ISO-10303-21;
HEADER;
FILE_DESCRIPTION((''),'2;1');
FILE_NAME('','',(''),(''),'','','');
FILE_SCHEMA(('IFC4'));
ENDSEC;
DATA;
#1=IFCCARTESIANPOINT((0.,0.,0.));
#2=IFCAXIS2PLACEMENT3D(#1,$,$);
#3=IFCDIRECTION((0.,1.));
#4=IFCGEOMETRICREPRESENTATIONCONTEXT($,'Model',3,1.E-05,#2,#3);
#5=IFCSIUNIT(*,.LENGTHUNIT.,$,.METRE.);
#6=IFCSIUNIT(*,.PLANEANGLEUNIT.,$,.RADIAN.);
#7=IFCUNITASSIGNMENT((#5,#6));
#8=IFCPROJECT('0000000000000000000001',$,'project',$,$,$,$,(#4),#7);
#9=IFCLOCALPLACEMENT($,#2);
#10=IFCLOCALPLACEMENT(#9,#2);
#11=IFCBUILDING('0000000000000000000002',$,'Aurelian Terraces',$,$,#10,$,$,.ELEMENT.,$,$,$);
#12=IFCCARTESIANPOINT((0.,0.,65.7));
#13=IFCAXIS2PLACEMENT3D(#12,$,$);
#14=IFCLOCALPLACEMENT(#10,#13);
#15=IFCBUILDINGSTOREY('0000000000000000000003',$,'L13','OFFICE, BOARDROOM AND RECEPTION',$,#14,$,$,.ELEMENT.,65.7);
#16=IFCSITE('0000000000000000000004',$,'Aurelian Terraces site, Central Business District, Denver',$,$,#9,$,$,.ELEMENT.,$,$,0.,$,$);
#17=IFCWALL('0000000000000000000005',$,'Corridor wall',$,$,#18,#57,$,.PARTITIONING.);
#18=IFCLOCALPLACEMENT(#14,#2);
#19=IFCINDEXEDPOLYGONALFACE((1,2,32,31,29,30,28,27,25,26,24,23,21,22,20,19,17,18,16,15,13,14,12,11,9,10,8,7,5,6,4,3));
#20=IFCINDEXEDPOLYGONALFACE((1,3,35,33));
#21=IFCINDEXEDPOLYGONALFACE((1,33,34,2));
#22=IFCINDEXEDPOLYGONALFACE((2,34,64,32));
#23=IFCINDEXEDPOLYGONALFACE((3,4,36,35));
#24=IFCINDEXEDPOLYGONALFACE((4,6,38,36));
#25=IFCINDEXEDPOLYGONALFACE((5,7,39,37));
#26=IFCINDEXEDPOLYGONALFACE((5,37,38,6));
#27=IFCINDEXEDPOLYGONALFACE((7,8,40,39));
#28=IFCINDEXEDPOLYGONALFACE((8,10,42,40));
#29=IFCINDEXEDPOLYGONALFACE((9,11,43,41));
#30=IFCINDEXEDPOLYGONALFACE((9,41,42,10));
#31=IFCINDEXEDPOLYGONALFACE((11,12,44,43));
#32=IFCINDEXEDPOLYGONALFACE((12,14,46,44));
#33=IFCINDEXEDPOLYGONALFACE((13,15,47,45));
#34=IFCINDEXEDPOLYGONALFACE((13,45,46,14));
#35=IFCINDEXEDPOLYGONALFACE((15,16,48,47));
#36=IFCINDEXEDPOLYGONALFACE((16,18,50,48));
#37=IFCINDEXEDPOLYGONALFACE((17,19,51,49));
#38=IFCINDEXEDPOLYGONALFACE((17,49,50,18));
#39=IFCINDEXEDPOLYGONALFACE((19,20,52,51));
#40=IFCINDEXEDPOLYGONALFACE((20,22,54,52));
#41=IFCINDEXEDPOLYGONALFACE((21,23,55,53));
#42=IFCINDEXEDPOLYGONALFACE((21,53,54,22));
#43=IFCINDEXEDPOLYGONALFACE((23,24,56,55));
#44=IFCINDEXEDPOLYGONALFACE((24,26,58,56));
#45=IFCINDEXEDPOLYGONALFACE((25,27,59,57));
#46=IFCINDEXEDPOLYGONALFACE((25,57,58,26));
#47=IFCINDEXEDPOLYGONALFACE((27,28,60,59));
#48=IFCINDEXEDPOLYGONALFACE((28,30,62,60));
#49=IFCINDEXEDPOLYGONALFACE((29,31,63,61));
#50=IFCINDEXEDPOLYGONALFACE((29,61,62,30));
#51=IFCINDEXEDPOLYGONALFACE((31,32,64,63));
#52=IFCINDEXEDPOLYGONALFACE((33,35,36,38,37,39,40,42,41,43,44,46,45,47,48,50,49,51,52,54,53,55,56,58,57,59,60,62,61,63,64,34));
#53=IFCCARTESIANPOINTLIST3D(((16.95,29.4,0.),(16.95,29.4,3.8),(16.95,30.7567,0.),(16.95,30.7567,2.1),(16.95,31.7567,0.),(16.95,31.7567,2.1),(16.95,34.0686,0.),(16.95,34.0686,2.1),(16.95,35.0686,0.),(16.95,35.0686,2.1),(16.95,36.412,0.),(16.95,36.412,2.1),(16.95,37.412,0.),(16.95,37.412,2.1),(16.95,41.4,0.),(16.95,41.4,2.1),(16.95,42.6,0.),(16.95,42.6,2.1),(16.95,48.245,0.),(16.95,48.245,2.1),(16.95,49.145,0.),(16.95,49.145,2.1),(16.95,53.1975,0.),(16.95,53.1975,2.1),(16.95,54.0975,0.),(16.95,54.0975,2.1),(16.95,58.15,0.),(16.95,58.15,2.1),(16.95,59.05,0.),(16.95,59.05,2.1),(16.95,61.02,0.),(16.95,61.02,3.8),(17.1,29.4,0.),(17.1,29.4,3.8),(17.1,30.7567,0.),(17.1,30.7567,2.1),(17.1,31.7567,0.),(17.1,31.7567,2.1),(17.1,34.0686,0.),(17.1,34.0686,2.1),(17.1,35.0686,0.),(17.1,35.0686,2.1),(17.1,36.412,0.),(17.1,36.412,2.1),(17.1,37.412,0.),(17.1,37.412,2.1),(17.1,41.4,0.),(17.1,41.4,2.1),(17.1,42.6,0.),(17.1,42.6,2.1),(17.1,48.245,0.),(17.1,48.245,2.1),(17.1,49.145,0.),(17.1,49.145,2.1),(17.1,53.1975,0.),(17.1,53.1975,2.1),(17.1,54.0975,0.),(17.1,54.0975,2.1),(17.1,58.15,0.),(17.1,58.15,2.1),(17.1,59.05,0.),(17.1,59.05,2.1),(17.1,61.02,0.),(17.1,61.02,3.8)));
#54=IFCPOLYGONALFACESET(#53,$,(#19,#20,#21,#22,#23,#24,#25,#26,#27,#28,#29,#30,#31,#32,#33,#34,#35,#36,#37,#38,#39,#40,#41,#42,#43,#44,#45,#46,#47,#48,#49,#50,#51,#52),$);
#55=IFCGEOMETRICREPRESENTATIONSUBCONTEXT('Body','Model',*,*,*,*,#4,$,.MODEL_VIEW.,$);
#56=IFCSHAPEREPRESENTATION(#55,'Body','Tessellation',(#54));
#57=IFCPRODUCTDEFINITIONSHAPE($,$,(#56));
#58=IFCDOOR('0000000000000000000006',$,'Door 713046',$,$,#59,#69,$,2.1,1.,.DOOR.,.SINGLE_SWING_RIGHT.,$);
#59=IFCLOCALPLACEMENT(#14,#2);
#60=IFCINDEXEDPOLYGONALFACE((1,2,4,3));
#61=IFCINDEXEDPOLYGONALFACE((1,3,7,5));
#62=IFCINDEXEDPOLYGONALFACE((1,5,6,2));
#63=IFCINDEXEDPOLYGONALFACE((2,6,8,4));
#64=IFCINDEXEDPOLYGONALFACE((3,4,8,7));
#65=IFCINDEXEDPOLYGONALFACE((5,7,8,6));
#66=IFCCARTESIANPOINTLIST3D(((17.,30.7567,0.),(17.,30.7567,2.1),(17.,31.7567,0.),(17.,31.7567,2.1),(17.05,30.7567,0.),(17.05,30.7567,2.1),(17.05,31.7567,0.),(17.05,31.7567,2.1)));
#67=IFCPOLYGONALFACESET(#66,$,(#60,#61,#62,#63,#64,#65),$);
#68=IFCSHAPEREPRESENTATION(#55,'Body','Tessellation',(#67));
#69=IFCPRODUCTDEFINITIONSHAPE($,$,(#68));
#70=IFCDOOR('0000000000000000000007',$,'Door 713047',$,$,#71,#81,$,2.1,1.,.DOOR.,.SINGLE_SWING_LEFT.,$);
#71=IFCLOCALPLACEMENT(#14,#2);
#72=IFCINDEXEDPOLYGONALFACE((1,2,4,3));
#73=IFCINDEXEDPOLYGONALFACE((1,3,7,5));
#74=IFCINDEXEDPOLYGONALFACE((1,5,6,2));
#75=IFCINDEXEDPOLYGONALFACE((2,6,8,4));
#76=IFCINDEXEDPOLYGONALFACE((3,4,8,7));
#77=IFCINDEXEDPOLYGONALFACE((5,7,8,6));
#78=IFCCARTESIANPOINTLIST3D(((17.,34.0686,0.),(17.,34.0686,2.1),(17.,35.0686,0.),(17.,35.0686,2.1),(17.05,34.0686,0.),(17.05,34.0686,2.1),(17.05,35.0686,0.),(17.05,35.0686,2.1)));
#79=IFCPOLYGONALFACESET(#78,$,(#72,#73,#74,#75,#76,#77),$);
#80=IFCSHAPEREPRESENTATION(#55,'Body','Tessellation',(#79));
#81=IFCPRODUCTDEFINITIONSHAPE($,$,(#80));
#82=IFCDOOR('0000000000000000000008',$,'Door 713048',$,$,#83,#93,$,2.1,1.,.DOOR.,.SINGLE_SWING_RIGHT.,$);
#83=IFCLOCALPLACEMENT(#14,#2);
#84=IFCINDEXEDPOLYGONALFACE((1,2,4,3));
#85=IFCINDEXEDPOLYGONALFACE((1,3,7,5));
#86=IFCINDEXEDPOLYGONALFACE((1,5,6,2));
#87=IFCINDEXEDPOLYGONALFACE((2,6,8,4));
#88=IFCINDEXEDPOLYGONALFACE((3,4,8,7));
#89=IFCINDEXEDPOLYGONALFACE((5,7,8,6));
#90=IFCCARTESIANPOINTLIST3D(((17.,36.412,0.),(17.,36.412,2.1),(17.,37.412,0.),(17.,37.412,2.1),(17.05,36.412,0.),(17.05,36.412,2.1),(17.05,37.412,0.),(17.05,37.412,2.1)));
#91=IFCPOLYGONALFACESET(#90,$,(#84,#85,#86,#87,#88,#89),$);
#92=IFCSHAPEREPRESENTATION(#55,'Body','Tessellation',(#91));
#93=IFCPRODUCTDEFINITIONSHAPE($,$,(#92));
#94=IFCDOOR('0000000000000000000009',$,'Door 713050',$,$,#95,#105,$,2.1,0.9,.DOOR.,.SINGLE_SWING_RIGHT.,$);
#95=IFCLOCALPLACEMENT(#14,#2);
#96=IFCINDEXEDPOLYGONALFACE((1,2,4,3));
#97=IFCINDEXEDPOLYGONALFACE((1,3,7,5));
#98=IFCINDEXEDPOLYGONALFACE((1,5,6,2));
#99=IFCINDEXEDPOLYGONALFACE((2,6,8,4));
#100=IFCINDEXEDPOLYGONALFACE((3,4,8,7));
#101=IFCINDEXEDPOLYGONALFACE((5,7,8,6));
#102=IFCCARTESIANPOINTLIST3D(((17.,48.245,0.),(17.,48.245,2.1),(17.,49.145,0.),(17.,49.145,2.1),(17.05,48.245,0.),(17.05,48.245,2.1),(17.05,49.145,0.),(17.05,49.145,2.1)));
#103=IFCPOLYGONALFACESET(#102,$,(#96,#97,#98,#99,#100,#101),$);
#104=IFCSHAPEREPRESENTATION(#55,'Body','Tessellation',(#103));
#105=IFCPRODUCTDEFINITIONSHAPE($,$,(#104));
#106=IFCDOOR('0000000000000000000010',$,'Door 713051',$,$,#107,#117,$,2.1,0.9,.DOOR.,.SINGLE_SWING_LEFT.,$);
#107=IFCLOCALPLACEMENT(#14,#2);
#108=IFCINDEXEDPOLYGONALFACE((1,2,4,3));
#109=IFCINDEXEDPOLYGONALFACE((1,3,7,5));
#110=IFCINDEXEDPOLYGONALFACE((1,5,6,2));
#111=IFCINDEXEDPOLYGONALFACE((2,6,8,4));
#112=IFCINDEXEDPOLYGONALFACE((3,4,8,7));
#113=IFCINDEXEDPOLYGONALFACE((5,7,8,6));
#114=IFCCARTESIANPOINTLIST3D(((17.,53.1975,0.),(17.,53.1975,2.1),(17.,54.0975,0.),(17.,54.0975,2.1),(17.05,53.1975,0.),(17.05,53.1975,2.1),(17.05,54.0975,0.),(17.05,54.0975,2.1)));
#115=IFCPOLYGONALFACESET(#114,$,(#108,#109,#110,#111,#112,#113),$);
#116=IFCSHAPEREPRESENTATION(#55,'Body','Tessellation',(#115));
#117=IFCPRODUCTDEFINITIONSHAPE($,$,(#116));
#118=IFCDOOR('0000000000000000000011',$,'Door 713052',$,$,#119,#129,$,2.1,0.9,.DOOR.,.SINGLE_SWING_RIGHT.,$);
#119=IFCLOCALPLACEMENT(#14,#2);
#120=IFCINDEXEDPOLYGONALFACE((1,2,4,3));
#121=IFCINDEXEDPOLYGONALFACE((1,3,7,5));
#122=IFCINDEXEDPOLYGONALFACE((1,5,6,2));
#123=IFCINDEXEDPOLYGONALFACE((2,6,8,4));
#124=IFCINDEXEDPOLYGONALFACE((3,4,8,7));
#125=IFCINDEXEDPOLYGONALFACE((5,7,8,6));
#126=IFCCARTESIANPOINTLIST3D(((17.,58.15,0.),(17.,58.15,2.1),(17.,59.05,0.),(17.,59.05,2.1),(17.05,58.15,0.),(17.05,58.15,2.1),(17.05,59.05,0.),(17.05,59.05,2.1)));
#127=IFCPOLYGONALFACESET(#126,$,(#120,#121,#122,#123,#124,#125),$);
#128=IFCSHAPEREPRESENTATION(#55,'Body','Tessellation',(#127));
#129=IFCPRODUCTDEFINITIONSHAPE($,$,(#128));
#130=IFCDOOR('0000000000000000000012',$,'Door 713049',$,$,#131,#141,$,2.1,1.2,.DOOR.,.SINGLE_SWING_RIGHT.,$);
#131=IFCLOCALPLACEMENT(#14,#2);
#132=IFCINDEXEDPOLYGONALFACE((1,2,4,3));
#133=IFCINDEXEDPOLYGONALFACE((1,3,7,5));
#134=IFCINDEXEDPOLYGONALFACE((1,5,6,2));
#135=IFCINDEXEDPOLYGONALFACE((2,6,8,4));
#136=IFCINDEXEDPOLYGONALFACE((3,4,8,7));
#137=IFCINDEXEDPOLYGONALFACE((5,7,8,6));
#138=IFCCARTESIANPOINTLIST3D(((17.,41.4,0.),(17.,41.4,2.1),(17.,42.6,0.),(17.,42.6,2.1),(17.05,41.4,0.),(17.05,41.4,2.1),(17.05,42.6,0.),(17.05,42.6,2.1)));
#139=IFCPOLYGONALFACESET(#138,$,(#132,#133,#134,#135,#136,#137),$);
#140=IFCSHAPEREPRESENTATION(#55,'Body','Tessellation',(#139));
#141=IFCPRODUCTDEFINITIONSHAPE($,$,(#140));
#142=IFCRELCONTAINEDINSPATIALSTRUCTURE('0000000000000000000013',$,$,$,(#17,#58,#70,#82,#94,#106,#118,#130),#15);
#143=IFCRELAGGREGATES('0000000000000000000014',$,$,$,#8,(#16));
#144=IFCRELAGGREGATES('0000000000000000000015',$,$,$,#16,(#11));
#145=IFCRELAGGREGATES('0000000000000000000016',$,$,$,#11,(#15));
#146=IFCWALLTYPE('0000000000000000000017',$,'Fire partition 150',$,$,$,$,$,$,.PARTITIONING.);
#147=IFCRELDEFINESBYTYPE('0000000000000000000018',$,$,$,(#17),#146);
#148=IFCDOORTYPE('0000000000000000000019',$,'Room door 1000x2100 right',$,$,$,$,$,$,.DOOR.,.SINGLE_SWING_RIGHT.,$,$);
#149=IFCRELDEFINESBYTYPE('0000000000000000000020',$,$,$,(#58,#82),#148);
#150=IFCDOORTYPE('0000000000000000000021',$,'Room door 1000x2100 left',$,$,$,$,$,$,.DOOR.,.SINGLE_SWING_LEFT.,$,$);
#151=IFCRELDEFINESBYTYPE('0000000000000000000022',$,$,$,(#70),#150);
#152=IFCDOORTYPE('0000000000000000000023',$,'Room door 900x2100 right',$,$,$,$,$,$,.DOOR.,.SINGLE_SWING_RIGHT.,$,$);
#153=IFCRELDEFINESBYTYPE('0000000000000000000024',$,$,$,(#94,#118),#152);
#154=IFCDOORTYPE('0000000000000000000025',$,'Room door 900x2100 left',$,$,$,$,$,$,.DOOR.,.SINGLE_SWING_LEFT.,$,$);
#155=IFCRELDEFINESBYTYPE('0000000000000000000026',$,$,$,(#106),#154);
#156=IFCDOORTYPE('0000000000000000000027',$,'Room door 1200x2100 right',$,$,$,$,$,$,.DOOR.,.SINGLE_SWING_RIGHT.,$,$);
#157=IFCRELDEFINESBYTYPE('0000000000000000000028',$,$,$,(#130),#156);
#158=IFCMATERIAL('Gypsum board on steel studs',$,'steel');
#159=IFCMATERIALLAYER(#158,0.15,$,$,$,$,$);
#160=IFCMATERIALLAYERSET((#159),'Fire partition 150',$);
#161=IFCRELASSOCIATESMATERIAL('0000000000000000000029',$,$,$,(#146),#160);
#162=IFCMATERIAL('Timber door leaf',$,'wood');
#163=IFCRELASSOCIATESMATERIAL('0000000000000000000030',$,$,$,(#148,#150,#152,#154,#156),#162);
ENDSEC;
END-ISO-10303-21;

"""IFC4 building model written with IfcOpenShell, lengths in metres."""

from ifc_helpers import new_model, si_unit, direction, frame, frame_2d, origin, place, context, subcontext, project, spatial, rectangle, extrude, source, transform, mapped, material, layer, layer_set, type_object, element, fill, save


model = new_model("IFC4")

# Units and contexts
model_context = context("Model", 3, precision=1e-05, world=origin(), true_north=direction((0.0, 1.0)))
body_context = subcontext(model_context, "Body", "Model", "MODEL_VIEW")
ifc_project = project(units=[si_unit("LENGTHUNIT", "METRE"), si_unit("PLANEANGLEUNIT", "RADIAN")], contexts=[model_context])

# Site, building, storey
site_placement = place(None, origin())
site = spatial("IfcSite", under=ifc_project, at=site_placement, Name="Aurelian Terraces site, Central Business District, Denver", CompositionType="ELEMENT", RefElevation=0.0)
building_placement = place(site_placement, origin())
building = spatial("IfcBuilding", under=site, at=building_placement, Name="Aurelian Terraces", CompositionType="ELEMENT")
storey_placement = place(building_placement, frame((0.0, 0.0, 65.7)))
storey = spatial("IfcBuildingStorey", under=building, at=storey_placement, Name="L13", Description="OFFICE, BOARDROOM AND RECEPTION", CompositionType="ELEMENT", Elevation=65.7)

# Shared definitions
ifc_material_1 = material(Name="Gypsum board on steel studs", Category="steel")

# Wall, openings, doors
ifc_layer_1 = layer(ifc_material_1, 0.15)
ifc_layer_set_1 = layer_set([ifc_layer_1], Name="Fire partition 150")
wall_type_1 = type_object("IfcWallType", Name="Fire partition 150", PredefinedType="PARTITIONING", material=ifc_layer_set_1)
shared_shape_1 = source(origin(), body_context, "Body", "SweptSolid", [
    extrude(rectangle(XDim=31.62, YDim=0.15, at=frame_2d((15.81, 0.0))), origin(), (0.0, 0.0, 1.0), 3.8),
])
wall_1_placement = place(storey_placement, frame((17.025, 61.02, 0.0), z_axis=(0.0, 0.0, 1.0), x_axis=(0.0, -1.0, 0.0)))
wall_1 = element("IfcWall", 1, at=wall_1_placement, inside=storey, type_object=wall_type_1, Name="Corridor wall", PredefinedType="PARTITIONING", context=body_context, shape_type="MappedRepresentation", body=[
    mapped(shared_shape_1, transform((0.0, 0.0, 0.0), scale=1.0)),
])
shared_shape_2 = source(origin(), body_context, "Body", "SweptSolid", [
    extrude(rectangle(XDim=1.0, YDim=2.1, at=frame_2d((0.5, 1.05))), frame((0.0, 0.085, 0.0), z_axis=(0.0, -1.0, 0.0), x_axis=(1.0, 0.0, 0.0)), (0.0, 0.0, 1.0), 0.17),
])
opening_1_placement = place(wall_1_placement, frame((29.2633, 0.0, 0.0)))
opening_1 = element("IfcOpeningElement", 2, at=opening_1_placement, cuts=wall_1, PredefinedType="OPENING", context=body_context, shape_type="MappedRepresentation", body=[
    mapped(shared_shape_2, transform((0.0, 0.0, 0.0), scale=1.0)),
])
opening_2_placement = place(wall_1_placement, frame((25.9514, 0.0, 0.0)))
opening_2 = element("IfcOpeningElement", 3, at=opening_2_placement, cuts=wall_1, PredefinedType="OPENING", context=body_context, shape_type="MappedRepresentation", body=[
    mapped(shared_shape_2, transform((0.0, 0.0, 0.0), scale=1.0)),
])
opening_3_placement = place(wall_1_placement, frame((23.608, 0.0, 0.0)))
opening_3 = element("IfcOpeningElement", 4, at=opening_3_placement, cuts=wall_1, PredefinedType="OPENING", context=body_context, shape_type="MappedRepresentation", body=[
    mapped(shared_shape_2, transform((0.0, 0.0, 0.0), scale=1.0)),
])
shared_shape_3 = source(origin(), body_context, "Body", "SweptSolid", [
    extrude(rectangle(XDim=1.2, YDim=2.1, at=frame_2d((0.6, 1.05))), frame((0.0, 0.085, 0.0), z_axis=(0.0, -1.0, 0.0), x_axis=(1.0, 0.0, 0.0)), (0.0, 0.0, 1.0), 0.17),
])
opening_4_placement = place(wall_1_placement, frame((18.42, 0.0, 0.0)))
opening_4 = element("IfcOpeningElement", 5, at=opening_4_placement, cuts=wall_1, PredefinedType="OPENING", context=body_context, shape_type="MappedRepresentation", body=[
    mapped(shared_shape_3, transform((0.0, 0.0, 0.0), scale=1.0)),
])
shared_shape_4 = source(origin(), body_context, "Body", "SweptSolid", [
    extrude(rectangle(XDim=0.9, YDim=2.1, at=frame_2d((0.45, 1.05))), frame((0.0, 0.085, 0.0), z_axis=(0.0, -1.0, 0.0), x_axis=(1.0, 0.0, 0.0)), (0.0, 0.0, 1.0), 0.17),
])
opening_5_placement = place(wall_1_placement, frame((11.875, 0.0, 0.0)))
opening_5 = element("IfcOpeningElement", 6, at=opening_5_placement, cuts=wall_1, PredefinedType="OPENING", context=body_context, shape_type="MappedRepresentation", body=[
    mapped(shared_shape_4, transform((0.0, 0.0, 0.0), scale=1.0)),
])
opening_6_placement = place(wall_1_placement, frame((6.9225, 0.0, 0.0)))
opening_6 = element("IfcOpeningElement", 7, at=opening_6_placement, cuts=wall_1, PredefinedType="OPENING", context=body_context, shape_type="MappedRepresentation", body=[
    mapped(shared_shape_4, transform((0.0, 0.0, 0.0), scale=1.0)),
])
opening_7_placement = place(wall_1_placement, frame((1.97, 0.0, 0.0)))
opening_7 = element("IfcOpeningElement", 8, at=opening_7_placement, cuts=wall_1, PredefinedType="OPENING", context=body_context, shape_type="MappedRepresentation", body=[
    mapped(shared_shape_4, transform((0.0, 0.0, 0.0), scale=1.0)),
])
ifc_material_2 = material(Name="Timber door leaf", Category="wood")
door_type_1 = type_object("IfcDoorType", Name="Room door 1000x2100 right", OperationType="SINGLE_SWING_RIGHT", PredefinedType="DOOR", material=ifc_material_2)
shared_shape_5 = source(origin(), body_context, "Body", "SweptSolid", [
    extrude(rectangle(XDim=1.0, YDim=2.1, at=frame_2d((0.5, 1.05))), frame((0.0, 0.025, 0.0), z_axis=(0.0, -1.0, 0.0), x_axis=(1.0, 0.0, 0.0)), (0.0, 0.0, 1.0), 0.05),
])
door_1_placement = place(opening_1_placement, origin())
door_1 = element("IfcDoor", 9, at=door_1_placement, inside=storey, type_object=door_type_1, Name="Door 713046", OperationType="SINGLE_SWING_RIGHT", OverallHeight=2.1, OverallWidth=1.0, PredefinedType="DOOR", context=body_context, shape_type="MappedRepresentation", body=[
    mapped(shared_shape_5, transform((0.0, 0.0, 0.0), scale=1.0)),
])
fill(opening_1, door_1)
door_type_2 = type_object("IfcDoorType", Name="Room door 1000x2100 left", OperationType="SINGLE_SWING_LEFT", PredefinedType="DOOR", material=ifc_material_2)
door_2_placement = place(opening_2_placement, origin())
door_2 = element("IfcDoor", 10, at=door_2_placement, inside=storey, type_object=door_type_2, Name="Door 713047", OperationType="SINGLE_SWING_LEFT", OverallHeight=2.1, OverallWidth=1.0, PredefinedType="DOOR", context=body_context, shape_type="MappedRepresentation", body=[
    mapped(shared_shape_5, transform((0.0, 0.0, 0.0), scale=1.0)),
])
fill(opening_2, door_2)
door_3_placement = place(opening_3_placement, origin())
door_3 = element("IfcDoor", 11, at=door_3_placement, inside=storey, type_object=door_type_1, Name="Door 713048", OperationType="SINGLE_SWING_RIGHT", OverallHeight=2.1, OverallWidth=1.0, PredefinedType="DOOR", context=body_context, shape_type="MappedRepresentation", body=[
    mapped(shared_shape_5, transform((0.0, 0.0, 0.0), scale=1.0)),
])
fill(opening_3, door_3)
door_type_3 = type_object("IfcDoorType", Name="Room door 900x2100 right", OperationType="SINGLE_SWING_RIGHT", PredefinedType="DOOR", material=ifc_material_2)
shared_shape_6 = source(origin(), body_context, "Body", "SweptSolid", [
    extrude(rectangle(XDim=0.9, YDim=2.1, at=frame_2d((0.45, 1.05))), frame((0.0, 0.025, 0.0), z_axis=(0.0, -1.0, 0.0), x_axis=(1.0, 0.0, 0.0)), (0.0, 0.0, 1.0), 0.05),
])
door_4_placement = place(opening_5_placement, origin())
door_4 = element("IfcDoor", 12, at=door_4_placement, inside=storey, type_object=door_type_3, Name="Door 713050", OperationType="SINGLE_SWING_RIGHT", OverallHeight=2.1, OverallWidth=0.9, PredefinedType="DOOR", context=body_context, shape_type="MappedRepresentation", body=[
    mapped(shared_shape_6, transform((0.0, 0.0, 0.0), scale=1.0)),
])
fill(opening_5, door_4)
door_type_4 = type_object("IfcDoorType", Name="Room door 900x2100 left", OperationType="SINGLE_SWING_LEFT", PredefinedType="DOOR", material=ifc_material_2)
door_5_placement = place(opening_6_placement, origin())
door_5 = element("IfcDoor", 13, at=door_5_placement, inside=storey, type_object=door_type_4, Name="Door 713051", OperationType="SINGLE_SWING_LEFT", OverallHeight=2.1, OverallWidth=0.9, PredefinedType="DOOR", context=body_context, shape_type="MappedRepresentation", body=[
    mapped(shared_shape_6, transform((0.0, 0.0, 0.0), scale=1.0)),
])
fill(opening_6, door_5)
door_6_placement = place(opening_7_placement, origin())
door_6 = element("IfcDoor", 14, at=door_6_placement, inside=storey, type_object=door_type_3, Name="Door 713052", OperationType="SINGLE_SWING_RIGHT", OverallHeight=2.1, OverallWidth=0.9, PredefinedType="DOOR", context=body_context, shape_type="MappedRepresentation", body=[
    mapped(shared_shape_6, transform((0.0, 0.0, 0.0), scale=1.0)),
])
fill(opening_7, door_6)
door_type_5 = type_object("IfcDoorType", Name="Room door 1200x2100 right", OperationType="SINGLE_SWING_RIGHT", PredefinedType="DOOR", material=ifc_material_2)
shared_shape_7 = source(origin(), body_context, "Body", "SweptSolid", [
    extrude(rectangle(XDim=1.2, YDim=2.1, at=frame_2d((0.6, 1.05))), frame((0.0, 0.025, 0.0), z_axis=(0.0, -1.0, 0.0), x_axis=(1.0, 0.0, 0.0)), (0.0, 0.0, 1.0), 0.05),
])
door_7_placement = place(opening_4_placement, origin())
door_7 = element("IfcDoor", 15, at=door_7_placement, inside=storey, type_object=door_type_5, Name="Door 713049", OperationType="SINGLE_SWING_RIGHT", OverallHeight=2.1, OverallWidth=1.2, PredefinedType="DOOR", context=body_context, shape_type="MappedRepresentation", body=[
    mapped(shared_shape_7, transform((0.0, 0.0, 0.0), scale=1.0)),
])
fill(opening_4, door_7)

save(model, "model.ifc")
